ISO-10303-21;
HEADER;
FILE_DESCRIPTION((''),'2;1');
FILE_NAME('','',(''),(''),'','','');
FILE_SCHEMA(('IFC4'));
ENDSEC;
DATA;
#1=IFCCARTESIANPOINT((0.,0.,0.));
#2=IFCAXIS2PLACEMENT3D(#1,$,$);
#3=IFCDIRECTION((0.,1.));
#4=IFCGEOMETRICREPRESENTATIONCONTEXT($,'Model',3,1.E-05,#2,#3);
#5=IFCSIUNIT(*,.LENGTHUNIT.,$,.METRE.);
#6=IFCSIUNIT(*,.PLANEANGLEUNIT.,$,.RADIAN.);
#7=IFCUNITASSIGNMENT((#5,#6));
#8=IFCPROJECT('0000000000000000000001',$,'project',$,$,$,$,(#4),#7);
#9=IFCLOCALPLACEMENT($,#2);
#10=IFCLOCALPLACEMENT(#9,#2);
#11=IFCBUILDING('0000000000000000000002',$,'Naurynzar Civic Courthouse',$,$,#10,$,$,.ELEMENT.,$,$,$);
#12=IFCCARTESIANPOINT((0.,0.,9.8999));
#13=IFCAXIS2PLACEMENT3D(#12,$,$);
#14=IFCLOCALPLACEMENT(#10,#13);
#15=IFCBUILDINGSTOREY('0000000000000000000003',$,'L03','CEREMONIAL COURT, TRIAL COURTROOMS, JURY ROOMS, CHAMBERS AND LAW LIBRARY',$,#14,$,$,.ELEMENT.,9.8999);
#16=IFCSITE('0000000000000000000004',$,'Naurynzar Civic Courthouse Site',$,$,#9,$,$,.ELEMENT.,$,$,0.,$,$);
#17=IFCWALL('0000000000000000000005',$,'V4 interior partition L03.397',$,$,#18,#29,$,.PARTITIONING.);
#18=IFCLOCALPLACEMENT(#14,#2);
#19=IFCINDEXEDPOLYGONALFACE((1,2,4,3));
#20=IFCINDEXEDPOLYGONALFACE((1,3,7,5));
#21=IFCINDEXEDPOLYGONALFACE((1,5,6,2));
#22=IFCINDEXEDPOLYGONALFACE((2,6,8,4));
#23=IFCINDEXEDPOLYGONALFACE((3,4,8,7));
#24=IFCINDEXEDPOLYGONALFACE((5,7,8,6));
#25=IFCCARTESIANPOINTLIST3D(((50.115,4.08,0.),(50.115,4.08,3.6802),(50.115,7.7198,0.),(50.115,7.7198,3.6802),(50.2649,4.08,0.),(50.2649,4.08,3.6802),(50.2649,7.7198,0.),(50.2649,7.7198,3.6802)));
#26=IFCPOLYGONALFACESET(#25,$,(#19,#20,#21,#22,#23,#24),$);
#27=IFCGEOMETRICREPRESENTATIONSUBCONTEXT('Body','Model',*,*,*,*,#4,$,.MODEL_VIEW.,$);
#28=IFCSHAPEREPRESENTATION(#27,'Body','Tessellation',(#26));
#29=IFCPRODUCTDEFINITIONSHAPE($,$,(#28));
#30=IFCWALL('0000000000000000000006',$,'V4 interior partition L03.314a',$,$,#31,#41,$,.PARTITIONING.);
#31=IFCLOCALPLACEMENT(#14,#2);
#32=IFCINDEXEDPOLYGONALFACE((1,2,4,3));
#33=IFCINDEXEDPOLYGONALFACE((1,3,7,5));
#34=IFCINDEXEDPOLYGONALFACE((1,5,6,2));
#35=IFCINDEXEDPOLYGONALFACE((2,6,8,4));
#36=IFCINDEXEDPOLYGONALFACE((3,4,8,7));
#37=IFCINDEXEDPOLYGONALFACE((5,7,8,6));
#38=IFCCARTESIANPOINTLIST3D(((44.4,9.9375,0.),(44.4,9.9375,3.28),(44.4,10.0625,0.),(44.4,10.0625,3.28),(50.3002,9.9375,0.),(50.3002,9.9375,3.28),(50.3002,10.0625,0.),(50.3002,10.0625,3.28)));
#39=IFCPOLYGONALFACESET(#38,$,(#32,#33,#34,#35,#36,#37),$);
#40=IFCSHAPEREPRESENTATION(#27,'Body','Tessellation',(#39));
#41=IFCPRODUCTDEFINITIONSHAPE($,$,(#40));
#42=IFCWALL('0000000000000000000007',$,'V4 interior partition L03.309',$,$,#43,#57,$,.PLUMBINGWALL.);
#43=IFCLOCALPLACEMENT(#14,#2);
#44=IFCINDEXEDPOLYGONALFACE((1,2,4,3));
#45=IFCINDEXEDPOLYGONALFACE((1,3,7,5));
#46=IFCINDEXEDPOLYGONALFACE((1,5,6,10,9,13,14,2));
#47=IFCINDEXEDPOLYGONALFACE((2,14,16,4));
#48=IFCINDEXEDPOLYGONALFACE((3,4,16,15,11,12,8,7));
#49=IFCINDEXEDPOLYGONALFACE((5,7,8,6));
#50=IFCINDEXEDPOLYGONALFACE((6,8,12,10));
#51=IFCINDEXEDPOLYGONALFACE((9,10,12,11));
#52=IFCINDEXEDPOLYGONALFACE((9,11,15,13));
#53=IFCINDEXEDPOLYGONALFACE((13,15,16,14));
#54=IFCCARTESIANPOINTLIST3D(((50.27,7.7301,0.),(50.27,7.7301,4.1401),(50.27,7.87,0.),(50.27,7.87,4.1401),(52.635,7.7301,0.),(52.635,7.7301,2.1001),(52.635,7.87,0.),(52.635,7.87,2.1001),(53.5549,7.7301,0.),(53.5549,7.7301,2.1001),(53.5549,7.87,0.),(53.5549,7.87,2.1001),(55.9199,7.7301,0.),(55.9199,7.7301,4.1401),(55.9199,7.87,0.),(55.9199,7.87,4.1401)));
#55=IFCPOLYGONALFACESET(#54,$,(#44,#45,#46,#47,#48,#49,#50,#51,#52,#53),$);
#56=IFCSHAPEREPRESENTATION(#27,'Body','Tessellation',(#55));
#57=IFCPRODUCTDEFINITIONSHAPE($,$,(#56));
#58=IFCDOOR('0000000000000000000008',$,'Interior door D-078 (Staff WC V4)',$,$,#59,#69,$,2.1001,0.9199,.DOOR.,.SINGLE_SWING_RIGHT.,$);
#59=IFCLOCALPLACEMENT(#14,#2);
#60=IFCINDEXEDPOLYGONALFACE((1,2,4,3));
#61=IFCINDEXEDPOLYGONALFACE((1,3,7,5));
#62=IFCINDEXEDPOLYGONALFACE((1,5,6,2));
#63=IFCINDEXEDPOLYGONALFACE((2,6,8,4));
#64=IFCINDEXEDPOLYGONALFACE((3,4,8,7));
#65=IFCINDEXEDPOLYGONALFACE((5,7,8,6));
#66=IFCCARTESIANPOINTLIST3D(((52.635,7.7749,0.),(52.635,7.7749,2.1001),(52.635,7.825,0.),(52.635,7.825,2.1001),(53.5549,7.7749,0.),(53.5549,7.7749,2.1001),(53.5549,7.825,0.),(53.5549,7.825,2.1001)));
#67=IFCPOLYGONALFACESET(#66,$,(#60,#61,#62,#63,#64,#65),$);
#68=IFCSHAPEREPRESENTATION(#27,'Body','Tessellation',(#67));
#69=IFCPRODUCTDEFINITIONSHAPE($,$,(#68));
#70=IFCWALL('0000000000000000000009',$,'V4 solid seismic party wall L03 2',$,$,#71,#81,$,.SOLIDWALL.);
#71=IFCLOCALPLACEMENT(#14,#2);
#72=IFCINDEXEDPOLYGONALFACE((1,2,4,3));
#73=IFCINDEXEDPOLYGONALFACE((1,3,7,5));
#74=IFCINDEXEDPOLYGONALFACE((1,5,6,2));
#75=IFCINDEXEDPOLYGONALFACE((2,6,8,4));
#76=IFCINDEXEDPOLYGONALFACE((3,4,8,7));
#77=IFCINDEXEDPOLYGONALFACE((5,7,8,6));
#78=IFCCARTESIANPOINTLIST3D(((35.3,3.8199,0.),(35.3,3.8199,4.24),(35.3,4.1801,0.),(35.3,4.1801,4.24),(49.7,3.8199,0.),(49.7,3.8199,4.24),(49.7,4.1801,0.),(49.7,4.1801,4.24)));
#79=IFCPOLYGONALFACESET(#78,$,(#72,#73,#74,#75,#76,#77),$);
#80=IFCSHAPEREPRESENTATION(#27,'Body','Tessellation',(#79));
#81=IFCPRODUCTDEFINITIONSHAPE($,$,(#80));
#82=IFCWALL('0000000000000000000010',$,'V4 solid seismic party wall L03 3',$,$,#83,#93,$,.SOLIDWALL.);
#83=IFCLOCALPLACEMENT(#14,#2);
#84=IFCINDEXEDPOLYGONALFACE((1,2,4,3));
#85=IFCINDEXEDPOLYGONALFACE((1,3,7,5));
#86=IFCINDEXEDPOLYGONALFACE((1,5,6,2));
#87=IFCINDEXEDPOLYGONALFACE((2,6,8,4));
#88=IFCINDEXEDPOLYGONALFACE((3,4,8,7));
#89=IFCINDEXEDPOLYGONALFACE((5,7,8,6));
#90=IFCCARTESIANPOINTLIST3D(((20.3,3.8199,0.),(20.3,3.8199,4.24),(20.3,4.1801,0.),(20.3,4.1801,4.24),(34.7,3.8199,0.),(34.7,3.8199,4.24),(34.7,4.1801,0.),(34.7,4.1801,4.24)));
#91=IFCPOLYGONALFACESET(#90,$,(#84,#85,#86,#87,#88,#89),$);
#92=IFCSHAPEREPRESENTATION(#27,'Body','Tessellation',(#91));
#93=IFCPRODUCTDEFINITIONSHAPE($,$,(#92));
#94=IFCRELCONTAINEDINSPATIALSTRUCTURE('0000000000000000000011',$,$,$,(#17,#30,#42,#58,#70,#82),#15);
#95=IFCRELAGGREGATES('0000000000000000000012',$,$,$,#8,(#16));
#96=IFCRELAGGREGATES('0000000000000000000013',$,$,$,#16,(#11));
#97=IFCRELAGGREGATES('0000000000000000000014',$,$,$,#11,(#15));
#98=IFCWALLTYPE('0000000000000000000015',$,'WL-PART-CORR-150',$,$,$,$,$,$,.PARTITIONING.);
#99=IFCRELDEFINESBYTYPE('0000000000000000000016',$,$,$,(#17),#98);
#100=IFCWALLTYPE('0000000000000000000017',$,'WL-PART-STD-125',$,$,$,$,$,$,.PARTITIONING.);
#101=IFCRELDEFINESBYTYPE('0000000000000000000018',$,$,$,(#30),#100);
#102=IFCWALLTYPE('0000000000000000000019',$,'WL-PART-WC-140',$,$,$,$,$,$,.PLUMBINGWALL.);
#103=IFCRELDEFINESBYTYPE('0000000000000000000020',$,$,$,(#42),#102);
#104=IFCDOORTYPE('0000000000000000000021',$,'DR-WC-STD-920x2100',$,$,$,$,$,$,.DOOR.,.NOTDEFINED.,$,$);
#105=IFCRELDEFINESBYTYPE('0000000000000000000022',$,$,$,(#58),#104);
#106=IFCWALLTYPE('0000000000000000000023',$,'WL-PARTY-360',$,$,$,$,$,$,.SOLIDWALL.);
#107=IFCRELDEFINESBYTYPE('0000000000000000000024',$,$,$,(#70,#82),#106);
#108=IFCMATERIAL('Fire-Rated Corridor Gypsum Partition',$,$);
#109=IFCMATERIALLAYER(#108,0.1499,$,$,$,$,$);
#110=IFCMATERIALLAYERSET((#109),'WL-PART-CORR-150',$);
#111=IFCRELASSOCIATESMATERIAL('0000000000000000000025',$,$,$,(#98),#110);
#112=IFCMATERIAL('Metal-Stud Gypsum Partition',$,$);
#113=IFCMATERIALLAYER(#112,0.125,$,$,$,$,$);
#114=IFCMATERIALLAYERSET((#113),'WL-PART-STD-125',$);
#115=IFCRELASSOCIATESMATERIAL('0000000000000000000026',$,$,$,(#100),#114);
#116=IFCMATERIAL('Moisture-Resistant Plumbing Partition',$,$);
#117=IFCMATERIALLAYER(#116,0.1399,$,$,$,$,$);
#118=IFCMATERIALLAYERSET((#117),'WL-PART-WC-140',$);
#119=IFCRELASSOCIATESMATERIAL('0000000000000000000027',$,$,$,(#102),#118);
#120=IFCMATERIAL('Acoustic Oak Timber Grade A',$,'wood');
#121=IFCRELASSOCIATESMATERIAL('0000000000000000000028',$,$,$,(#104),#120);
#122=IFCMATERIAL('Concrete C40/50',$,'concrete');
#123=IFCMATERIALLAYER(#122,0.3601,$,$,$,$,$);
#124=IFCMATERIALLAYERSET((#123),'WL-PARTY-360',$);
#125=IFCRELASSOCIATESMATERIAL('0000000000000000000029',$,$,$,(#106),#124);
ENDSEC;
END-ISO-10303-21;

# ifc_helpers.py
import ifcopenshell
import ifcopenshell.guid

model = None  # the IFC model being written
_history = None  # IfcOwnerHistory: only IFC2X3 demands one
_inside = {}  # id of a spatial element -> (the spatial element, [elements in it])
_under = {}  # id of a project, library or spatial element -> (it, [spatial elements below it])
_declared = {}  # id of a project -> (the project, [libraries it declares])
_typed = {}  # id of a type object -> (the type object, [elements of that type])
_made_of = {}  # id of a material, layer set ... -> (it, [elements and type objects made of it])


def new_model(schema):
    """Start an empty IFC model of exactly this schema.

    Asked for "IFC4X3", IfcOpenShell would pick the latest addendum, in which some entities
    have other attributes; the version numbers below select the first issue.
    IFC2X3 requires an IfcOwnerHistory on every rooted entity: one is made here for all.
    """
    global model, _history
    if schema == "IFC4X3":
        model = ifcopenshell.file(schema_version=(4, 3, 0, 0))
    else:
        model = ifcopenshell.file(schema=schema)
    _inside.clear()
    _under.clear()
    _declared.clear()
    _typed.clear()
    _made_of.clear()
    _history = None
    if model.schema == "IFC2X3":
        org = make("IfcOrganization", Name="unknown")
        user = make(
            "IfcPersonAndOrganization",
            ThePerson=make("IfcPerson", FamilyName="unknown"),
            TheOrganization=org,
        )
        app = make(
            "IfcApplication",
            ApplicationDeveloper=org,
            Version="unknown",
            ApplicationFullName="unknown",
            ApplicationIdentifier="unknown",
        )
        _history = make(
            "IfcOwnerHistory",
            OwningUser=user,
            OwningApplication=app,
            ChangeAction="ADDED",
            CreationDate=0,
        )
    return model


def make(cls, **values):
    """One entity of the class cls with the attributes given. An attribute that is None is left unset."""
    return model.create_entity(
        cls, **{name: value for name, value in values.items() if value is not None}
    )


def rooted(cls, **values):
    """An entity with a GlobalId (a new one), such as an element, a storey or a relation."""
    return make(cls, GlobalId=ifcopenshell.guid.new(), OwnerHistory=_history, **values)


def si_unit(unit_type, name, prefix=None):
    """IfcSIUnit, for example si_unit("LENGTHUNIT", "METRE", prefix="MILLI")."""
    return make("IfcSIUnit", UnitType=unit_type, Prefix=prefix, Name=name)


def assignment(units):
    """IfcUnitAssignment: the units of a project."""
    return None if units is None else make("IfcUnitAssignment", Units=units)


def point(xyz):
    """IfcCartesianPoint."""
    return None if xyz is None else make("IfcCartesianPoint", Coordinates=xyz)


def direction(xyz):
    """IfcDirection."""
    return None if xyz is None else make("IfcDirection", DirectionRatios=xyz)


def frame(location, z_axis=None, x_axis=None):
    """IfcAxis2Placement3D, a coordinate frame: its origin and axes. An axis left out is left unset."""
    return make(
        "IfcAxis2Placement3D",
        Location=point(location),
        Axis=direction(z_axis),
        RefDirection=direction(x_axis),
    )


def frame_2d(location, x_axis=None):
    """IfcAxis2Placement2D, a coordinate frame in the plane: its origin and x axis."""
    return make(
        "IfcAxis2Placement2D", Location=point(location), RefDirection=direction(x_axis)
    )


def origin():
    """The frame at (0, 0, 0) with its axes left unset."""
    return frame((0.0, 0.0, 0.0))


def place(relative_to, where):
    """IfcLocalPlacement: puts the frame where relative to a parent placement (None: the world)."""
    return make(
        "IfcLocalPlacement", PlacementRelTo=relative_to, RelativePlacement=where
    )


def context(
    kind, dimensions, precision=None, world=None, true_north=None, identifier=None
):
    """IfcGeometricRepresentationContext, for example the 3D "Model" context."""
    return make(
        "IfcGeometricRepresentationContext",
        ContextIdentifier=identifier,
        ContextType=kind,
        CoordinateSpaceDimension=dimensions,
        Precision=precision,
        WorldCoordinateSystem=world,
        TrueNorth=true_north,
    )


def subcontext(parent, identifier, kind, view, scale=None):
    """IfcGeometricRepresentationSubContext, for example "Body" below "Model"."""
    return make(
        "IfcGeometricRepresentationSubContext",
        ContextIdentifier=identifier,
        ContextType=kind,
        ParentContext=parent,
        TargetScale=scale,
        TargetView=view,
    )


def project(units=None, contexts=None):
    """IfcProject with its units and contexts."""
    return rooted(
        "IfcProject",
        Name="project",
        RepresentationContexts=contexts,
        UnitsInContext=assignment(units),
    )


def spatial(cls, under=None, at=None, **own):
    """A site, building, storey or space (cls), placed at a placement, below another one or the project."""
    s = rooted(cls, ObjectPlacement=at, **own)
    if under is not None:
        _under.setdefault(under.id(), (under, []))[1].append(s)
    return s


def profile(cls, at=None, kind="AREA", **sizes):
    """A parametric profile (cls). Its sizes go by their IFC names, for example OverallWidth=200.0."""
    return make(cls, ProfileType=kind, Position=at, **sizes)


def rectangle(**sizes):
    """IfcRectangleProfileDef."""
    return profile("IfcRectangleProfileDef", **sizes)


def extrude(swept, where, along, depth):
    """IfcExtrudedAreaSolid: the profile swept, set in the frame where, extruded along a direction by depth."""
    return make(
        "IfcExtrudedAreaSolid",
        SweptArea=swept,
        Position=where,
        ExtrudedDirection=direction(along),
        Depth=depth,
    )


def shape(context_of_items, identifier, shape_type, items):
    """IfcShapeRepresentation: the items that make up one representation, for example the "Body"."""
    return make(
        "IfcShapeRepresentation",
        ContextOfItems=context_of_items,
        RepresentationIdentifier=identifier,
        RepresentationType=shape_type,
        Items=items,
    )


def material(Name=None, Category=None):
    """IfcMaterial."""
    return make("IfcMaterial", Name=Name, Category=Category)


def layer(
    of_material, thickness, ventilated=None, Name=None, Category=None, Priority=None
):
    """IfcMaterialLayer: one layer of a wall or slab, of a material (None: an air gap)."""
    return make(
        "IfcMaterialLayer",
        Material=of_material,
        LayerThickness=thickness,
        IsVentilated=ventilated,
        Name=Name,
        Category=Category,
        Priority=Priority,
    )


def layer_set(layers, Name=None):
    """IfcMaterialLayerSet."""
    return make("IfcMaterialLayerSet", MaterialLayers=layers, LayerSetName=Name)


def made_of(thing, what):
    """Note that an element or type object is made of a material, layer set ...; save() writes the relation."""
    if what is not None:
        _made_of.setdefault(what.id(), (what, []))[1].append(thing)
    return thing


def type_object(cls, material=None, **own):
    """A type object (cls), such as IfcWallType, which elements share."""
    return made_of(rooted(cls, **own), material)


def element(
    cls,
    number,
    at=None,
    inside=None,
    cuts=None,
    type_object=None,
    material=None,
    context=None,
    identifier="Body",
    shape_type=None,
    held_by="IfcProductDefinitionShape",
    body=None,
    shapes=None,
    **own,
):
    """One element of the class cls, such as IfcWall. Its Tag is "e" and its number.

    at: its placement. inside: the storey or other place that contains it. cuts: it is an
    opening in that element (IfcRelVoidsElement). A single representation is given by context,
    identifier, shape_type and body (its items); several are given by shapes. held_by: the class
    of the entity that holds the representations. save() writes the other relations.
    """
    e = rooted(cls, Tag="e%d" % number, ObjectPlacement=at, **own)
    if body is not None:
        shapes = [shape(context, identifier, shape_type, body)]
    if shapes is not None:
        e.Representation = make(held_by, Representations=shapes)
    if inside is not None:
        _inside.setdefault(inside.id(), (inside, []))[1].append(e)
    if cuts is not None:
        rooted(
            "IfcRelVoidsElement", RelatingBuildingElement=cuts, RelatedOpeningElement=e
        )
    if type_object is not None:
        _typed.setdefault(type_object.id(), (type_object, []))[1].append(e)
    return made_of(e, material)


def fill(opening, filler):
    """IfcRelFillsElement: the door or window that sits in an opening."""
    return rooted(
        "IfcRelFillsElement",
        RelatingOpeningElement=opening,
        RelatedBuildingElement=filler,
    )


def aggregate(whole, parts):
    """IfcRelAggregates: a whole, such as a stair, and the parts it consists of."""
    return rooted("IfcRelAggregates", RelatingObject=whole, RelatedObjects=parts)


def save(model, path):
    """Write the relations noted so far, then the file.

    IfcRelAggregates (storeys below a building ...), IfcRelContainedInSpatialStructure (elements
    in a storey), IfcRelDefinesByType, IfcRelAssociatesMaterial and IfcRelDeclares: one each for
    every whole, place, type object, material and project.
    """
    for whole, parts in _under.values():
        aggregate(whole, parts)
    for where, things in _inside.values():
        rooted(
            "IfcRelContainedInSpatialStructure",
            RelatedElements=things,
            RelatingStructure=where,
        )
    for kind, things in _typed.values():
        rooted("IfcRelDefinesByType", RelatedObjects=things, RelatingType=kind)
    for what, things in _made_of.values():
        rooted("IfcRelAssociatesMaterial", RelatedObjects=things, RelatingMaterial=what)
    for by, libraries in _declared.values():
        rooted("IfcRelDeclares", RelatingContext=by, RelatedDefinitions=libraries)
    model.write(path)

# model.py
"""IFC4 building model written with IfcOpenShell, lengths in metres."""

from ifc_helpers import new_model, si_unit, direction, frame, frame_2d, origin, place, context, subcontext, project, spatial, rectangle, extrude, material, layer, layer_set, type_object, element, fill, save


model = new_model("IFC4")

# Units and contexts
model_context = context("Model", 3, precision=1e-05, world=origin(), true_north=direction((0.0, 1.0)))
body_context = subcontext(model_context, "Body", "Model", "MODEL_VIEW")
ifc_project = project(units=[si_unit("LENGTHUNIT", "METRE"), si_unit("PLANEANGLEUNIT", "RADIAN")], contexts=[model_context])

# Site, building, storey
site_placement = place(None, origin())
site = spatial("IfcSite", under=ifc_project, at=site_placement, Name="Naurynzar Civic Courthouse Site", CompositionType="ELEMENT", RefElevation=0.0)
building_placement = place(site_placement, origin())
building = spatial("IfcBuilding", under=site, at=building_placement, Name="Naurynzar Civic Courthouse", CompositionType="ELEMENT")
storey_placement = place(building_placement, frame((0.0, 0.0, 9.8999)))
storey = spatial("IfcBuildingStorey", under=building, at=storey_placement, Name="L03", Description="CEREMONIAL COURT, TRIAL COURTROOMS, JURY ROOMS, CHAMBERS AND LAW LIBRARY", CompositionType="ELEMENT", Elevation=9.8999)

# Shared definitions
ifc_material_1 = material(Name="Fire-Rated Corridor Gypsum Partition")
ifc_layer_1 = layer(ifc_material_1, 0.1499)
ifc_layer_set_1 = layer_set([ifc_layer_1], Name="WL-PART-CORR-150")
wall_type_1 = type_object("IfcWallType", Name="WL-PART-CORR-150", PredefinedType="PARTITIONING", material=ifc_layer_set_1)

# Walls
wall_1_placement = place(storey_placement, frame((50.1899, 4.0801, 0.0), z_axis=(0.0, 0.0, 1.0), x_axis=(0.0, 1.0, 0.0)))
element("IfcWall", 1, at=wall_1_placement, inside=storey, type_object=wall_type_1, Name="V4 interior partition L03.397", PredefinedType="PARTITIONING", context=body_context, shape_type="SweptSolid", body=[
    extrude(rectangle(XDim=3.6399, YDim=0.1499, at=frame_2d((1.8198, 0.0))), origin(), (0.0, 0.0, 1.0), 3.6802),
])
ifc_material_2 = material(Name="Metal-Stud Gypsum Partition")
ifc_layer_2 = layer(ifc_material_2, 0.125)
ifc_layer_set_2 = layer_set([ifc_layer_2], Name="WL-PART-STD-125")
wall_type_2 = type_object("IfcWallType", Name="WL-PART-STD-125", PredefinedType="PARTITIONING", material=ifc_layer_set_2)
wall_2_placement = place(storey_placement, frame((44.3999, 10.0, 0.0), z_axis=(0.0, 0.0, 1.0), x_axis=(1.0, 0.0, 0.0)))
element("IfcWall", 2, at=wall_2_placement, inside=storey, type_object=wall_type_2, Name="V4 interior partition L03.314a", PredefinedType="PARTITIONING", context=body_context, shape_type="SweptSolid", body=[
    extrude(rectangle(XDim=5.9001, YDim=0.125, at=frame_2d((2.9502, 0.0))), origin(), (0.0, 0.0, 1.0), 3.28),
])

# Wall, opening, door
ifc_material_3 = material(Name="Moisture-Resistant Plumbing Partition")
ifc_layer_3 = layer(ifc_material_3, 0.1399)
ifc_layer_set_3 = layer_set([ifc_layer_3], Name="WL-PART-WC-140")
wall_type_3 = type_object("IfcWallType", Name="WL-PART-WC-140", PredefinedType="PLUMBINGWALL", material=ifc_layer_set_3)
wall_3_placement = place(storey_placement, frame((50.27, 7.8, 0.0), z_axis=(0.0, 0.0, 1.0), x_axis=(1.0, 0.0, 0.0)))
wall_3 = element("IfcWall", 3, at=wall_3_placement, inside=storey, type_object=wall_type_3, Name="V4 interior partition L03.309", PredefinedType="PLUMBINGWALL", context=body_context, shape_type="SweptSolid", body=[
    extrude(rectangle(XDim=5.6499, YDim=0.1399, at=frame_2d((2.825, 0.0))), origin(), (0.0, 0.0, 1.0), 4.1401),
])
opening_1_placement = place(wall_3_placement, frame((2.365, 0.0, 0.0)))
opening_1 = element("IfcOpeningElement", 4, at=opening_1_placement, cuts=wall_3, PredefinedType="OPENING", context=body_context, shape_type="SweptSolid", body=[
    extrude(rectangle(XDim=0.9199, YDim=2.1001, at=frame_2d((0.46, 1.05))), frame((0.0, 0.0798, 0.0), z_axis=(0.0, -1.0, 0.0), x_axis=(1.0, 0.0, 0.0)), (0.0, 0.0, 1.0), 0.1599),
])
ifc_material_4 = material(Name="Acoustic Oak Timber Grade A", Category="wood")
door_type_1 = type_object("IfcDoorType", Name="DR-WC-STD-920x2100", OperationType="NOTDEFINED", PredefinedType="DOOR", material=ifc_material_4)
door_1_placement = place(opening_1_placement, origin())
door_1 = element("IfcDoor", 5, at=door_1_placement, inside=storey, type_object=door_type_1, Name="Interior door D-078 (Staff WC V4)", OperationType="SINGLE_SWING_RIGHT", OverallHeight=2.1001, OverallWidth=0.9199, PredefinedType="DOOR", context=body_context, shape_type="SweptSolid", body=[
    extrude(rectangle(XDim=0.9199, YDim=2.1001, at=frame_2d((0.46, 1.05))), frame((0.0, 0.0249, 0.0), z_axis=(0.0, -1.0, 0.0), x_axis=(1.0, 0.0, 0.0)), (0.0, 0.0, 1.0), 0.05),
])
fill(opening_1, door_1)

# Walls
ifc_material_5 = material(Name="Concrete C40/50", Category="concrete")
ifc_layer_4 = layer(ifc_material_5, 0.3601)
ifc_layer_set_4 = layer_set([ifc_layer_4], Name="WL-PARTY-360")
wall_type_4 = type_object("IfcWallType", Name="WL-PARTY-360", PredefinedType="SOLIDWALL", material=ifc_layer_set_4)
for number, where, z_axis, x_axis, name in (
    (6, (49.7, 4.0, 0.0), (0.0, 0.0, 1.0), (-1.0, 0.0, 0.0), "V4 solid seismic party wall L03 2"),
    (7, (34.7, 4.0, 0.0), (0.0, 0.0, 1.0), (-1.0, 0.0, 0.0), "V4 solid seismic party wall L03 3"),
):
    element("IfcWall", number, at=place(storey_placement, frame(where, z_axis=z_axis, x_axis=x_axis)), inside=storey, type_object=wall_type_4, Name=name, PredefinedType="SOLIDWALL", context=body_context, shape_type="SweptSolid", body=[
        extrude(rectangle(XDim=14.3999, YDim=0.3601, at=frame_2d((7.2, 0.0))), origin(), (0.0, 0.0, 1.0), 4.24),
    ])

save(model, "model.ifc")
